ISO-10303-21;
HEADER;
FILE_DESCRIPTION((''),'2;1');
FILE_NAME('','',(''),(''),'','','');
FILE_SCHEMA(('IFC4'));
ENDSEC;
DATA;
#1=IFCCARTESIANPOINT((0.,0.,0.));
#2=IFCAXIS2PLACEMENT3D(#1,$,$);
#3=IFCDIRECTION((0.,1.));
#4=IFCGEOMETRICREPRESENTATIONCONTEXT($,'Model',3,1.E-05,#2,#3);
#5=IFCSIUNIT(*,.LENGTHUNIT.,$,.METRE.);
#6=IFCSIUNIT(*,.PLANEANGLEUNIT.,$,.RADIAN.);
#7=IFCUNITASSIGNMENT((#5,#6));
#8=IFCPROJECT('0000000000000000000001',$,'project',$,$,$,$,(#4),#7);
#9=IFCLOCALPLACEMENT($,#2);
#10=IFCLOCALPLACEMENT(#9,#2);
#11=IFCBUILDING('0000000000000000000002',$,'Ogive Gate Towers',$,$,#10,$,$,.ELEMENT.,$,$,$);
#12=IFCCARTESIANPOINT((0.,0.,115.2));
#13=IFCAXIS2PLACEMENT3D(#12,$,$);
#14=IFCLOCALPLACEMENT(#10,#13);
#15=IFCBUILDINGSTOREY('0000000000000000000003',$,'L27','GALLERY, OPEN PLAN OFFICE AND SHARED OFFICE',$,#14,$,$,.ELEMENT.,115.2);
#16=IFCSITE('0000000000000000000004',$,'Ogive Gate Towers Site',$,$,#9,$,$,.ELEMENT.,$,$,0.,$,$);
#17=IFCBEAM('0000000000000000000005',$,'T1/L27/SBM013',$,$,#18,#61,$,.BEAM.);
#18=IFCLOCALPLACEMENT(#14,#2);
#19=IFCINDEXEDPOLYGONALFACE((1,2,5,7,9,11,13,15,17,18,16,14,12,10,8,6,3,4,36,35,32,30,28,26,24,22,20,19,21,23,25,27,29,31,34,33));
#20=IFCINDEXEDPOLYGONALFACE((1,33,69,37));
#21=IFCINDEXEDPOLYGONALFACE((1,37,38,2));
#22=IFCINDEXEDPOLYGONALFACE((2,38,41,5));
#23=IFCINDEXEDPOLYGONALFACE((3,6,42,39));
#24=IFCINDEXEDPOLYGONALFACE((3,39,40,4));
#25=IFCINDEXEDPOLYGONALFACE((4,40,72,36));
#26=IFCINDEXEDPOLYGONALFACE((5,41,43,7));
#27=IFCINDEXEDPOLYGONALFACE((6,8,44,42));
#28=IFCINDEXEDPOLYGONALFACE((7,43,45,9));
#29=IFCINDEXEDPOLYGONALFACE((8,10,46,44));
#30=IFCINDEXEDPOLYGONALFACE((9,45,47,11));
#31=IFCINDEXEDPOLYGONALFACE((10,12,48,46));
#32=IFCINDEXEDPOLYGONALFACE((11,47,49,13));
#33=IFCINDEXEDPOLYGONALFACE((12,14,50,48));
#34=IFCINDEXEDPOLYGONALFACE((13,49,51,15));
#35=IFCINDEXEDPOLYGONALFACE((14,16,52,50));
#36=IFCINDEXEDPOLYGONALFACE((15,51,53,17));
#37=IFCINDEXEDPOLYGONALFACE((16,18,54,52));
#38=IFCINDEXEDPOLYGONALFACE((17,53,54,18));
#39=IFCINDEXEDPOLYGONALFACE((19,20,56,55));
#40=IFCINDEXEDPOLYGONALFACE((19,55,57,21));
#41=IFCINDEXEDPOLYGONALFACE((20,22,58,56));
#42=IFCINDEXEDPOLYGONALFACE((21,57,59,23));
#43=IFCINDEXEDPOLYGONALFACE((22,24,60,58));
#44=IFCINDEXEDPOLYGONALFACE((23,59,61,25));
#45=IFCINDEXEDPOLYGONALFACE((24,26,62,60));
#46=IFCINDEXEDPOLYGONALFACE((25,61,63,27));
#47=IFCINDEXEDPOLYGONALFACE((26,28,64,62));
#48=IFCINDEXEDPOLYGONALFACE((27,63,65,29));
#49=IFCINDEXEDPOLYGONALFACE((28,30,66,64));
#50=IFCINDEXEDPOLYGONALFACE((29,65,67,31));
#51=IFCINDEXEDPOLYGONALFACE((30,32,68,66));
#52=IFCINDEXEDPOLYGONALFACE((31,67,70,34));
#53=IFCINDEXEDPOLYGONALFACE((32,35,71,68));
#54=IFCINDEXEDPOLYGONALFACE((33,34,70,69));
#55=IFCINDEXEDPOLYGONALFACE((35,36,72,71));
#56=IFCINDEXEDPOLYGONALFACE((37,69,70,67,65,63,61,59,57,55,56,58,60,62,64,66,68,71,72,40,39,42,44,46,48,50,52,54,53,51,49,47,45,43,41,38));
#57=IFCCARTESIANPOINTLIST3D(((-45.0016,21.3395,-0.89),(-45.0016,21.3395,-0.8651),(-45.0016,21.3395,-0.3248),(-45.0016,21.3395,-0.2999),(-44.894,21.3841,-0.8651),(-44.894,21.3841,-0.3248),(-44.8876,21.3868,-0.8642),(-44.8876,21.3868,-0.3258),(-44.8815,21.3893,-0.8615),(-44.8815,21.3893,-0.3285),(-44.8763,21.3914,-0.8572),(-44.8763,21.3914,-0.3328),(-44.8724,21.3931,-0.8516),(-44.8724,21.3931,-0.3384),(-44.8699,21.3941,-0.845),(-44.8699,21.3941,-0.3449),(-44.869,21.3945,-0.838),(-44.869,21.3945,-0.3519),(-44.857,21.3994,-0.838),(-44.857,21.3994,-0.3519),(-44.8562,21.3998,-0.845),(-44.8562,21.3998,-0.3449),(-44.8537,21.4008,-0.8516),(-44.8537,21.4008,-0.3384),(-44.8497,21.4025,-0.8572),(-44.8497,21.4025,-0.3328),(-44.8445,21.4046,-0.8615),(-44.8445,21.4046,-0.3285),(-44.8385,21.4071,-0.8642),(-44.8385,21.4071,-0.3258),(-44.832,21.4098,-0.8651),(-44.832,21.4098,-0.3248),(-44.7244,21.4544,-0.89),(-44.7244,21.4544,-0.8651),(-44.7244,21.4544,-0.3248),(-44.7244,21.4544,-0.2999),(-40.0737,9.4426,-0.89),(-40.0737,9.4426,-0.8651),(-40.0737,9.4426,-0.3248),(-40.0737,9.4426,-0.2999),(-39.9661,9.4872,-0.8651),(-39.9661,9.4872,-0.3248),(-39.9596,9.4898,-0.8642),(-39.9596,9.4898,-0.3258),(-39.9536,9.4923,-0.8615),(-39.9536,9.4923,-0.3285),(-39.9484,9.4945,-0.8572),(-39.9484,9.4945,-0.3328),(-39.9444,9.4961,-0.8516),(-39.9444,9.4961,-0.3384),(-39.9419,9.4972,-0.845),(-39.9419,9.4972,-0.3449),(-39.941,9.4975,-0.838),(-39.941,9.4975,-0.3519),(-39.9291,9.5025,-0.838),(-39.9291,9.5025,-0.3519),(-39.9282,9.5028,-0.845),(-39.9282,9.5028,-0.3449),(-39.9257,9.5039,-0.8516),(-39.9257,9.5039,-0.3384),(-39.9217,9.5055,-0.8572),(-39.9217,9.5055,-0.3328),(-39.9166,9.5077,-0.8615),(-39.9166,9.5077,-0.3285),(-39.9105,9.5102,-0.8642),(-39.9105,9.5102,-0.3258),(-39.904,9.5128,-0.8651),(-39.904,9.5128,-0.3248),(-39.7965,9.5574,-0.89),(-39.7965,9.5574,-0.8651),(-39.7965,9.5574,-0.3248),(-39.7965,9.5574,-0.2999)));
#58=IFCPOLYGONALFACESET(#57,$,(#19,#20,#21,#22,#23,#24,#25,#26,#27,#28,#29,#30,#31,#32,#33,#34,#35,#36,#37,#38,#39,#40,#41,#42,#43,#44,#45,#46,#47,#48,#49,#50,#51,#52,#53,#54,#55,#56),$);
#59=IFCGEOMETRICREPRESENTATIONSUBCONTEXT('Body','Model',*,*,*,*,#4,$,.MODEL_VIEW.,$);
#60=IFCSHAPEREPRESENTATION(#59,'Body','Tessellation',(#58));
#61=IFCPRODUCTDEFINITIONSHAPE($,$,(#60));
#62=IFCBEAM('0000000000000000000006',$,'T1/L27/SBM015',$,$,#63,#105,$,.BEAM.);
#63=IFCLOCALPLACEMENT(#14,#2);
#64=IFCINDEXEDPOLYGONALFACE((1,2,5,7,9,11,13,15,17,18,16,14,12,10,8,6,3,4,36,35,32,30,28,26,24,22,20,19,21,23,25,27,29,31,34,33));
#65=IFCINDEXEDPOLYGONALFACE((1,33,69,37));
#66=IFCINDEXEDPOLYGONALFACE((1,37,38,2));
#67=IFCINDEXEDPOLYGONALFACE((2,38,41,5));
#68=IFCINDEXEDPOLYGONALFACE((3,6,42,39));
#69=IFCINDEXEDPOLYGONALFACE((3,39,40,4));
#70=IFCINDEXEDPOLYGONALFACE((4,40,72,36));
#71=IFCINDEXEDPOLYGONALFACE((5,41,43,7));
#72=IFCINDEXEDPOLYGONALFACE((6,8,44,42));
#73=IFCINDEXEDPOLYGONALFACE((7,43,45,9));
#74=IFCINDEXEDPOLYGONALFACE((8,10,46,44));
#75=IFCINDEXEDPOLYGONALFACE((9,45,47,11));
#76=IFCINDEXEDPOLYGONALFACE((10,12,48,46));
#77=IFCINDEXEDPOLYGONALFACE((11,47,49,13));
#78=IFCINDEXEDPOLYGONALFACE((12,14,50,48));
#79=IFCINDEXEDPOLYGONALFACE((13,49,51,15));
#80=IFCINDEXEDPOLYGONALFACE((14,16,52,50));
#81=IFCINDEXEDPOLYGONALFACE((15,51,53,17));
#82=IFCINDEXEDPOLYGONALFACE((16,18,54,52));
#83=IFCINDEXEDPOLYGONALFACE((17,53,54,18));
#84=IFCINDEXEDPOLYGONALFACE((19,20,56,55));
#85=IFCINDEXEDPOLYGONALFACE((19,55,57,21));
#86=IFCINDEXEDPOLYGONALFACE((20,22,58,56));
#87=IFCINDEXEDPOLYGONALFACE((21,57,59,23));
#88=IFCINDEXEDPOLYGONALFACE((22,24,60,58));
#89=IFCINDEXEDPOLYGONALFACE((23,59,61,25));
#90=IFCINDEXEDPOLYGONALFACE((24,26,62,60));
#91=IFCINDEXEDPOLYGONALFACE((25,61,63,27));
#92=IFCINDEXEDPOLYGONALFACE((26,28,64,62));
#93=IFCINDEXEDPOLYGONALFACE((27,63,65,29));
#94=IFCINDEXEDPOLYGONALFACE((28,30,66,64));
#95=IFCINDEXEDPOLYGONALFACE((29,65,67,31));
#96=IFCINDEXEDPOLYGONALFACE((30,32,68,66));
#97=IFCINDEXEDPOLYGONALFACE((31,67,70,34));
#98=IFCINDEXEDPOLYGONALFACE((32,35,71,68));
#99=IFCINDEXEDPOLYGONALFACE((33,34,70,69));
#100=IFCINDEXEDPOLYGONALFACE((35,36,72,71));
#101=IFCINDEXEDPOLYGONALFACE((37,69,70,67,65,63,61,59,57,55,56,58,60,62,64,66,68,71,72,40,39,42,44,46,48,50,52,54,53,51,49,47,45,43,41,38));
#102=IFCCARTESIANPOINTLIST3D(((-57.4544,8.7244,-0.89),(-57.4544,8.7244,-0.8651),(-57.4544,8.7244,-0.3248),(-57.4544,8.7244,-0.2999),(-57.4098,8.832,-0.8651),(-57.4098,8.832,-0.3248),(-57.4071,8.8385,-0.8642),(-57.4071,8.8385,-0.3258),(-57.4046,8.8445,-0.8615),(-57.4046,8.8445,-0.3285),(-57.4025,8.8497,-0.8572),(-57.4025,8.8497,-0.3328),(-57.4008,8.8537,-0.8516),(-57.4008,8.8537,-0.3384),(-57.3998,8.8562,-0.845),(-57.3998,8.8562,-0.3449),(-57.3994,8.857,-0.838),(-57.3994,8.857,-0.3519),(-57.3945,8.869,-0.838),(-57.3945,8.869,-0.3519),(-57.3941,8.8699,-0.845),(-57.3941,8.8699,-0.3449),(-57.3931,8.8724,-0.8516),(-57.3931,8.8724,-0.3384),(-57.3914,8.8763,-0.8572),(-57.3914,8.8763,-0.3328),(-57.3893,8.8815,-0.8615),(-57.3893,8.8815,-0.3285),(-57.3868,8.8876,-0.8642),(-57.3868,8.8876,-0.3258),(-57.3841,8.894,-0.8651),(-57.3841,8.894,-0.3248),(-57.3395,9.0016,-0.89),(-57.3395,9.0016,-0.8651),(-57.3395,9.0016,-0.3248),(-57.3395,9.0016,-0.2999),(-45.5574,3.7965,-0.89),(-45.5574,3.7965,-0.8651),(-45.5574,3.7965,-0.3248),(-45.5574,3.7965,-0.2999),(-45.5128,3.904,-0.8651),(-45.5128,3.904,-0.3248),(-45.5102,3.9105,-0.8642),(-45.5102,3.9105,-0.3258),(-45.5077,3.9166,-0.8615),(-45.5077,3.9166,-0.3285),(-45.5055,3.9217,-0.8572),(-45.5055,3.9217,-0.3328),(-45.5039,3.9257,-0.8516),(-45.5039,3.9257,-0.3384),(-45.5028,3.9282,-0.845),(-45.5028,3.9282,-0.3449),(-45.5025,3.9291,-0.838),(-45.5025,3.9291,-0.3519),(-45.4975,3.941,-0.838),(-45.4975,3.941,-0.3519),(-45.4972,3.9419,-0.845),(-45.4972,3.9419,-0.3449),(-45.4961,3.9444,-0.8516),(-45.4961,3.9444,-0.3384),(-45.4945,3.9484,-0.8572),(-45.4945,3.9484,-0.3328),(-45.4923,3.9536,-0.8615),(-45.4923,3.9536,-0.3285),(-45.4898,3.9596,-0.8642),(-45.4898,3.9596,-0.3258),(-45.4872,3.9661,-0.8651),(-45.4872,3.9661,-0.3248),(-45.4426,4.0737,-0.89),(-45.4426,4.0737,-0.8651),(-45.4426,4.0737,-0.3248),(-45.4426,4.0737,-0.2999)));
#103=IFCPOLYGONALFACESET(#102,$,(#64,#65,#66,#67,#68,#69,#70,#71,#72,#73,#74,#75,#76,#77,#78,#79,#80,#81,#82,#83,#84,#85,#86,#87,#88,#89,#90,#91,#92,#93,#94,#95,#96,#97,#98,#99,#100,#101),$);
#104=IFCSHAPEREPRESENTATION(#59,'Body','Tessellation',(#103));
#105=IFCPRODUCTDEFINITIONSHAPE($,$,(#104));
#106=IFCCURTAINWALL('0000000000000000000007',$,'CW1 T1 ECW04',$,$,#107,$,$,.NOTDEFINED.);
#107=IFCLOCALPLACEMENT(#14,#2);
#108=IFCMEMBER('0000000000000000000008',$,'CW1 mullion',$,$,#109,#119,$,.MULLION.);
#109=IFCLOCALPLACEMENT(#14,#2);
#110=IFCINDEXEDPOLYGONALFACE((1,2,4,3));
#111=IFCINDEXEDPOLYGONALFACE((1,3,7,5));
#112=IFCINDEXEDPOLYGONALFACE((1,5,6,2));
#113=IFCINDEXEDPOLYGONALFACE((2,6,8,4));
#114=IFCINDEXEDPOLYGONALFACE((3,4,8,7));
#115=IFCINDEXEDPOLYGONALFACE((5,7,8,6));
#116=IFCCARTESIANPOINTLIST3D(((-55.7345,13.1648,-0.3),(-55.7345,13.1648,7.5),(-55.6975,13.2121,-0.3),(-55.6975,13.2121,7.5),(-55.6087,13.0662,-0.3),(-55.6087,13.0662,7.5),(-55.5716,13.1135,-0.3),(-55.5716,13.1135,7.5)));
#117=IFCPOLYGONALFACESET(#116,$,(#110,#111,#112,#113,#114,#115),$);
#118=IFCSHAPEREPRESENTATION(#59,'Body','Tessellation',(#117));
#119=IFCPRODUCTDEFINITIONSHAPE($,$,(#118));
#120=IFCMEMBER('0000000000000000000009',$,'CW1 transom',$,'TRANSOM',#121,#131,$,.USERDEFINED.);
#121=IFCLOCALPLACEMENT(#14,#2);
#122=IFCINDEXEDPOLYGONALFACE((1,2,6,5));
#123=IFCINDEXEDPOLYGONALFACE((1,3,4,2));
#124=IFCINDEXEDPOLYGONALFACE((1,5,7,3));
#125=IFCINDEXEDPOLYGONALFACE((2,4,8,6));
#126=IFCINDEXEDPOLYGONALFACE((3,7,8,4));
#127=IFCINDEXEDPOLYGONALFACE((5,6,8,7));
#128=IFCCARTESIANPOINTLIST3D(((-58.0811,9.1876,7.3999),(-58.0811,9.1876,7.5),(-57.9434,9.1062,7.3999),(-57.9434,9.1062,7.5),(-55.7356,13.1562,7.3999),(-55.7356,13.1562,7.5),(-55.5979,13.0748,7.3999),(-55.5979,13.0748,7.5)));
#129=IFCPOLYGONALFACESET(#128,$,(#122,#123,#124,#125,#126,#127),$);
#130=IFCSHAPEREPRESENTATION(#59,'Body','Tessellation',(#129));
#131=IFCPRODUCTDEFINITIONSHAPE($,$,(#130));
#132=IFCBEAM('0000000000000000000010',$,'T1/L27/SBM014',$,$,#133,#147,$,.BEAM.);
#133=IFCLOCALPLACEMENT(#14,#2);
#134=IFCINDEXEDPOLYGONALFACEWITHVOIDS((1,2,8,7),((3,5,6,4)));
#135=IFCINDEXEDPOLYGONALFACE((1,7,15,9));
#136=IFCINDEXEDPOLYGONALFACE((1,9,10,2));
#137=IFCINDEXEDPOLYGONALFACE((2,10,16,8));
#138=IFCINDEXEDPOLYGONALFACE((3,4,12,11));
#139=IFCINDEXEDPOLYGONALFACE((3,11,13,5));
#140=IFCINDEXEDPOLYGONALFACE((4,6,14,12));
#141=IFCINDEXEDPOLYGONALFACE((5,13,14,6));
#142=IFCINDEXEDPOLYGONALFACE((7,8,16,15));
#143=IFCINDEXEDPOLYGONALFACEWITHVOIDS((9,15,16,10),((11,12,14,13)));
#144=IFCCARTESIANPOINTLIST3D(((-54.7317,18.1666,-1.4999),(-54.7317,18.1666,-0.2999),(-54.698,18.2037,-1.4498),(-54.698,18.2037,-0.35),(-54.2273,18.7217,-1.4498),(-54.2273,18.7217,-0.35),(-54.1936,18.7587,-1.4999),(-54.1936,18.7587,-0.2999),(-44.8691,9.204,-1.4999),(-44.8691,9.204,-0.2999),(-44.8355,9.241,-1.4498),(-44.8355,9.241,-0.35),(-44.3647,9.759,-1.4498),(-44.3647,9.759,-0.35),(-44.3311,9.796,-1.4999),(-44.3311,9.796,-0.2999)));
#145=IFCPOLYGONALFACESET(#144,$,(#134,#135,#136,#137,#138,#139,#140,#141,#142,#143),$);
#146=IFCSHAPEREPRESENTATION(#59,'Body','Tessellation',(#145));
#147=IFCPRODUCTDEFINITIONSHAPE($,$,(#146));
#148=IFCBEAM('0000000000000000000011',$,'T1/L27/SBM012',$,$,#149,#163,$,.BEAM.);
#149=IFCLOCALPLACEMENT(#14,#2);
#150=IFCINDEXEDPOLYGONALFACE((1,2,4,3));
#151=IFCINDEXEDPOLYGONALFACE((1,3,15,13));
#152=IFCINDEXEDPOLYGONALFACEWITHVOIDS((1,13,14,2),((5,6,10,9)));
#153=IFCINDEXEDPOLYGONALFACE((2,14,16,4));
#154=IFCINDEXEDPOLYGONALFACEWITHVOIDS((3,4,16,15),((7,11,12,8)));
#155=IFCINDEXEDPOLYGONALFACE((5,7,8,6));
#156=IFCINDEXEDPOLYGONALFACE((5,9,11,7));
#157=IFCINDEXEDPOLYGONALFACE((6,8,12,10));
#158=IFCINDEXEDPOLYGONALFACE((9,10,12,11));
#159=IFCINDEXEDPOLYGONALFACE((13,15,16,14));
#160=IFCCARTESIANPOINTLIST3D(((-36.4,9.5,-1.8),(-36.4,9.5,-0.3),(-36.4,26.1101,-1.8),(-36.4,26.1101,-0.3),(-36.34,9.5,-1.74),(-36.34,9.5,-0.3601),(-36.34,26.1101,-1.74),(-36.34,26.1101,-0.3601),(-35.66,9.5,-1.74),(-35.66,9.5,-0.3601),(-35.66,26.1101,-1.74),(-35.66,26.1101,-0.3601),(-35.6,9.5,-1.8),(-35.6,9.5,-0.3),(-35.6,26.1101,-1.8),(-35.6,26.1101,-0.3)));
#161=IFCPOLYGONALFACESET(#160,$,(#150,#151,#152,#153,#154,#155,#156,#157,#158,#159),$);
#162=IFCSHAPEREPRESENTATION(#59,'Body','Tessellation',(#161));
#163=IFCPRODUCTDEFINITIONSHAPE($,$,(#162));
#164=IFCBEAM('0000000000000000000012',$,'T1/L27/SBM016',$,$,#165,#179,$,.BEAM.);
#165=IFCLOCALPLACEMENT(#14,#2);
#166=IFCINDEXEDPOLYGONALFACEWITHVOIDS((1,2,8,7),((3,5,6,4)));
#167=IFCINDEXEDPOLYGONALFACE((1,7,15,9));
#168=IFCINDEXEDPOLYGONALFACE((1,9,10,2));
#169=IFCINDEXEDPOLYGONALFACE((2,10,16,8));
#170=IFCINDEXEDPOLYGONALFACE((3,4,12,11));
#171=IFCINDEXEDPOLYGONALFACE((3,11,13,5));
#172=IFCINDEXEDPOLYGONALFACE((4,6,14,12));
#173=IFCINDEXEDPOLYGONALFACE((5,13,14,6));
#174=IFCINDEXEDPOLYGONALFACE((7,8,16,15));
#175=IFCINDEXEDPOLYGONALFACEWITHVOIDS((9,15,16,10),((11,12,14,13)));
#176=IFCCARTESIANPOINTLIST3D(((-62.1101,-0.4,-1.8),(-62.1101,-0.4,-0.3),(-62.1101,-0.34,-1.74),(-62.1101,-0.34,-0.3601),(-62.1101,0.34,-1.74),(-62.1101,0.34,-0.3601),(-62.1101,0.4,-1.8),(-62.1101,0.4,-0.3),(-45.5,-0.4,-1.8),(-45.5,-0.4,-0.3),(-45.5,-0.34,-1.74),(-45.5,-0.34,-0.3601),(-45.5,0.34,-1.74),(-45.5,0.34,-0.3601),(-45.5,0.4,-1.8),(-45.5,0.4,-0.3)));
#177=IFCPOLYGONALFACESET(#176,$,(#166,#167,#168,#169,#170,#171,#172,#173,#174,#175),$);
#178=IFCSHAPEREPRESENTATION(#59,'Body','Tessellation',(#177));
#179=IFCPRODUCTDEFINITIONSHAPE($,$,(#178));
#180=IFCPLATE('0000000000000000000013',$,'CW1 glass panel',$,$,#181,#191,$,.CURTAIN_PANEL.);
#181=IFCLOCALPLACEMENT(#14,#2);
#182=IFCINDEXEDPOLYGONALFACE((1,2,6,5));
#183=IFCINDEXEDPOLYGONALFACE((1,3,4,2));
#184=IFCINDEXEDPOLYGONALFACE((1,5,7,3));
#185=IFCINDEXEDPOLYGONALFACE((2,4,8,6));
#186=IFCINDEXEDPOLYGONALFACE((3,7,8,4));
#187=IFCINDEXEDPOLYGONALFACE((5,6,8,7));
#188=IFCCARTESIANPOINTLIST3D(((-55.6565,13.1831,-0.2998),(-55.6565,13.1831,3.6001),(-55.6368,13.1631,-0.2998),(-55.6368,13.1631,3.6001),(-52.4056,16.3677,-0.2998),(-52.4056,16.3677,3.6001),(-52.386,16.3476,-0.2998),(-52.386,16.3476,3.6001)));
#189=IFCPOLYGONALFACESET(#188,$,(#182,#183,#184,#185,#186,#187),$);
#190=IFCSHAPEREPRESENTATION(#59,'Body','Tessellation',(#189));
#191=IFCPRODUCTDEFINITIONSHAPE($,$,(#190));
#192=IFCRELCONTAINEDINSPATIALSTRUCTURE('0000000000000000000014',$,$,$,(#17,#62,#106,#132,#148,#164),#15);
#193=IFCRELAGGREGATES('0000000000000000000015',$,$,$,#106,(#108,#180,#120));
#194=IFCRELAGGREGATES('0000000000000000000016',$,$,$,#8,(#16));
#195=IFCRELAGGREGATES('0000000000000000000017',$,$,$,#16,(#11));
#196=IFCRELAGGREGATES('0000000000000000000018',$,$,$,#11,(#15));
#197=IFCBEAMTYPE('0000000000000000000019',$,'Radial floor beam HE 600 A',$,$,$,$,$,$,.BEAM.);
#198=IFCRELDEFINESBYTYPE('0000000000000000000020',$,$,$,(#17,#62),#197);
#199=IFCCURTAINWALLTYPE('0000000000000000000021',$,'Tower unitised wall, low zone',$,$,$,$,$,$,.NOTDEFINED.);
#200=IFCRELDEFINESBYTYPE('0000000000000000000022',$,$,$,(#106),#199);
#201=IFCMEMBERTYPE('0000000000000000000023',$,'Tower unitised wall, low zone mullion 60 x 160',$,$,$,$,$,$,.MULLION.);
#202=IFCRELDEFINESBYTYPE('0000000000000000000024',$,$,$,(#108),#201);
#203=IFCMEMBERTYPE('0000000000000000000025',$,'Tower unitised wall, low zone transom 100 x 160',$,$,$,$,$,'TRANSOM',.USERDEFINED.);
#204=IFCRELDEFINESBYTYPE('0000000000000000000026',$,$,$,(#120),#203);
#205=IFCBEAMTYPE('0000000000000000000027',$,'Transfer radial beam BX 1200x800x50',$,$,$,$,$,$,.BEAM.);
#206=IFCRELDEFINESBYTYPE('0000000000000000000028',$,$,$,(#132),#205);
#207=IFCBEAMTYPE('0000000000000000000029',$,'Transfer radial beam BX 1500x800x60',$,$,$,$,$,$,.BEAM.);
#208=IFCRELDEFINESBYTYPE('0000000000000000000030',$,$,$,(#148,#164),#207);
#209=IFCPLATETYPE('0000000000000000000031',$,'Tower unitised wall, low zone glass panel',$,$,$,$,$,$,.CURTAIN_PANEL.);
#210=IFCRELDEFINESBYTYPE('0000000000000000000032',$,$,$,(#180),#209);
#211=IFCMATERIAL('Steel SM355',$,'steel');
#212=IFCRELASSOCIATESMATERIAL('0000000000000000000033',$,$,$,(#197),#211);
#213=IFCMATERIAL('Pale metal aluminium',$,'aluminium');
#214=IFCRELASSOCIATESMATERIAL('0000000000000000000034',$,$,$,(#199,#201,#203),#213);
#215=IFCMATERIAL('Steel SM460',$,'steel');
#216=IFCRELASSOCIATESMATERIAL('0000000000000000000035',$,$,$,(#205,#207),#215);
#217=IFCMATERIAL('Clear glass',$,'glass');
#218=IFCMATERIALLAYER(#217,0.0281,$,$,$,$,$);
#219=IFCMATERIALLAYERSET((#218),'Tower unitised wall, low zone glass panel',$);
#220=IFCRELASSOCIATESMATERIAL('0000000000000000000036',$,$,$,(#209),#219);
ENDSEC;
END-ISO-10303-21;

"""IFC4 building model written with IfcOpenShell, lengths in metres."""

from ifc_helpers import new_model, si_unit, direction, frame, origin, origin_2d, place, context, subcontext, project, spatial, rectangle, hollow_rectangle, i_section, extrude, material, layer, layer_set, material_profile, profile_set, type_object, element, aggregate, save


model = new_model("IFC4")

# Units and contexts
model_context = context("Model", 3, precision=1e-05, world=origin(), true_north=direction((0.0, 1.0)))
body_context = subcontext(model_context, "Body", "Model", "MODEL_VIEW")
ifc_project = project(units=[si_unit("LENGTHUNIT", "METRE"), si_unit("PLANEANGLEUNIT", "RADIAN")], contexts=[model_context])

# Site, building, storey
site_placement = place(None, origin())
site = spatial("IfcSite", under=ifc_project, at=site_placement, Name="Ogive Gate Towers Site", CompositionType="ELEMENT", RefElevation=0.0)
building_placement = place(site_placement, origin())
building = spatial("IfcBuilding", under=site, at=building_placement, Name="Ogive Gate Towers", CompositionType="ELEMENT")
storey_placement = place(building_placement, frame((0.0, 0.0, 115.2)))
storey = spatial("IfcBuildingStorey", under=building, at=storey_placement, Name="L27", Description="GALLERY, OPEN PLAN OFFICE AND SHARED OFFICE", CompositionType="ELEMENT", Elevation=115.2)

# Beams
ifc_material_1 = material(Name="Steel SM355", Category="steel")
ifc_material_profile_1 = material_profile(ifc_material_1, i_section(OverallWidth=0.3, OverallDepth=0.5901, WebThickness=0.0129, FlangeThickness=0.0249, FilletRadius=0.0271, at=origin_2d()), Name="HE 600 A")
ifc_profile_set_1 = profile_set([ifc_material_profile_1], Name="Steel SM355")
beam_type_1 = type_object("IfcBeamType", Name="Radial floor beam HE 600 A", PredefinedType="BEAM", material=ifc_profile_set_1)
for number, where, z_axis, x_axis, name in (
    (1, (-39.9351, 9.5, -0.595), (-0.382689, 0.923877, 0.0), (-0.923877, -0.382689, 0.0), "T1/L27/SBM013"),
    (2, (-45.5, 3.9351, -0.595), (-0.923877, 0.382689, 0.0), (-0.382689, -0.923877, 0.0), "T1/L27/SBM015"),
):
    element("IfcBeam", number, at=place(storey_placement, frame(where, z_axis=z_axis, x_axis=x_axis)), inside=storey, type_object=beam_type_1, Name=name, PredefinedType="BEAM", context=body_context, shape_type="SweptSolid", body=[
        extrude(i_section(OverallWidth=0.3, OverallDepth=0.5901, WebThickness=0.0129, FlangeThickness=0.0249, FilletRadius=0.0271, at=origin_2d()), origin(), (0.0, 0.0, 1.0), 12.8772),
    ])

# Curtain wall, members
ifc_material_2 = material(Name="Pale metal aluminium", Category="aluminium")
curtain_wall_type = type_object("IfcCurtainWallType", Name="Tower unitised wall, low zone", PredefinedType="NOTDEFINED", material=ifc_material_2)
curtain_wall_placement = place(storey_placement, origin())
curtain_wall = element("IfcCurtainWall", 3, at=curtain_wall_placement, inside=storey, type_object=curtain_wall_type, Name="CW1 T1 ECW04", PredefinedType="NOTDEFINED")
ifc_material_profile_2 = material_profile(ifc_material_2, rectangle(XDim=0.1599, YDim=0.0601, at=origin_2d()), Name="60 x 160 aluminium box")
ifc_profile_set_2 = profile_set([ifc_material_profile_2], Name="Pale metal aluminium")
member_type_1 = type_object("IfcMemberType", Name="Tower unitised wall, low zone mullion 60 x 160", PredefinedType="MULLION", material=ifc_profile_set_2)
member_1_placement = place(storey_placement, frame((-55.6531, 13.1392, -0.3), z_axis=(0.0, 0.0, 1.0), x_axis=(-0.787086, 0.616844, 0.0)))
member_1 = element("IfcMember", 4, at=member_1_placement, type_object=member_type_1, Name="CW1 mullion", PredefinedType="MULLION", context=body_context, shape_type="SweptSolid", body=[
    extrude(rectangle(XDim=0.1599, YDim=0.0601, at=origin_2d()), origin(), (0.0, 0.0, 1.0), 7.8),
])
ifc_material_profile_3 = material_profile(ifc_material_2, rectangle(XDim=0.1599, YDim=0.1001, at=origin_2d()), Name="100 x 160 aluminium box")
ifc_profile_set_3 = profile_set([ifc_material_profile_3], Name="Pale metal aluminium")
member_type_2 = type_object("IfcMemberType", Name="Tower unitised wall, low zone transom 100 x 160", ElementType="TRANSOM", PredefinedType="USERDEFINED", material=ifc_profile_set_3)
member_2_placement = place(storey_placement, frame((-55.6667, 13.1155, 7.45), z_axis=(-0.508799, -0.860885, 0.0), x_axis=(0.860885, -0.508799, 0.0)))
member_2 = element("IfcMember", 5, at=member_2_placement, type_object=member_type_2, Name="CW1 transom", ObjectType="TRANSOM", PredefinedType="USERDEFINED", context=body_context, shape_type="SweptSolid", body=[
    extrude(rectangle(XDim=0.1599, YDim=0.1001, at=origin_2d()), origin(), (0.0, 0.0, 1.0), 4.6099),
])

# Beams
ifc_material_3 = material(Name="Steel SM460", Category="steel")
ifc_material_profile_4 = material_profile(ifc_material_3, hollow_rectangle(XDim=0.8, YDim=1.2, WallThickness=0.05, at=origin_2d()), Name="BX 1200x800x50")
ifc_profile_set_4 = profile_set([ifc_material_profile_4], Name="Steel SM460")
beam_type_2 = type_object("IfcBeamType", Name="Transfer radial beam BX 1200x800x50", PredefinedType="BEAM", material=ifc_profile_set_4)
beam_placement = place(storey_placement, frame((-44.6001, 9.5, -0.8999), z_axis=(-0.740064, 0.672537, 0.0), x_axis=(-0.672537, -0.740064, 0.0)))
element("IfcBeam", 6, at=beam_placement, inside=storey, type_object=beam_type_2, Name="T1/L27/SBM014", PredefinedType="BEAM", context=body_context, shape_type="SweptSolid", body=[
    extrude(hollow_rectangle(XDim=0.8, YDim=1.2, WallThickness=0.05, at=origin_2d()), origin(), (0.0, 0.0, 1.0), 13.3267),
])
ifc_material_profile_5 = material_profile(ifc_material_3, hollow_rectangle(XDim=0.8, YDim=1.5, WallThickness=0.0601, at=origin_2d()), Name="BX 1500x800x60")
ifc_profile_set_5 = profile_set([ifc_material_profile_5], Name="Steel SM460")
beam_type_3 = type_object("IfcBeamType", Name="Transfer radial beam BX 1500x800x60", PredefinedType="BEAM", material=ifc_profile_set_5)
for number, where, z_axis, x_axis, name in (
    (7, (-36.0, 9.5, -1.05), (0.0, 1.0, 0.0), (-1.0, 0.0, 0.0), "T1/L27/SBM012"),
    (8, (-45.5, 0.0, -1.05), (-1.0, 0.0, 0.0), (0.0, -1.0, 0.0), "T1/L27/SBM016"),
):
    element("IfcBeam", number, at=place(storey_placement, frame(where, z_axis=z_axis, x_axis=x_axis)), inside=storey, type_object=beam_type_3, Name=name, PredefinedType="BEAM", context=body_context, shape_type="SweptSolid", body=[
        extrude(hollow_rectangle(XDim=0.8, YDim=1.5, WallThickness=0.0601, at=origin_2d()), origin(), (0.0, 0.0, 1.0), 16.6101),
    ])

# Plate
ifc_material_4 = material(Name="Clear glass", Category="glass")
ifc_layer_1 = layer(ifc_material_4, 0.0281)
ifc_layer_set_1 = layer_set([ifc_layer_1], Name="Tower unitised wall, low zone glass panel")
plate_type = type_object("IfcPlateType", Name="Tower unitised wall, low zone glass panel", PredefinedType="CURTAIN_PANEL", material=ifc_layer_set_1)
plate_placement = place(storey_placement, frame((-54.0212, 14.7654, -0.2998), z_axis=(0.0, 0.0, 1.0), x_axis=(-0.714351, -0.699788, 0.0)))
plate = element("IfcPlate", 9, at=plate_placement, type_object=plate_type, Name="CW1 glass panel", PredefinedType="CURTAIN_PANEL", context=body_context, shape_type="SweptSolid", body=[
    extrude(rectangle(XDim=4.5508, YDim=0.0281, at=origin_2d()), origin(), (0.0, 0.0, 1.0), 3.8999),
])
aggregate(curtain_wall, [member_1, plate, member_2])

save(model, "model.ifc")
